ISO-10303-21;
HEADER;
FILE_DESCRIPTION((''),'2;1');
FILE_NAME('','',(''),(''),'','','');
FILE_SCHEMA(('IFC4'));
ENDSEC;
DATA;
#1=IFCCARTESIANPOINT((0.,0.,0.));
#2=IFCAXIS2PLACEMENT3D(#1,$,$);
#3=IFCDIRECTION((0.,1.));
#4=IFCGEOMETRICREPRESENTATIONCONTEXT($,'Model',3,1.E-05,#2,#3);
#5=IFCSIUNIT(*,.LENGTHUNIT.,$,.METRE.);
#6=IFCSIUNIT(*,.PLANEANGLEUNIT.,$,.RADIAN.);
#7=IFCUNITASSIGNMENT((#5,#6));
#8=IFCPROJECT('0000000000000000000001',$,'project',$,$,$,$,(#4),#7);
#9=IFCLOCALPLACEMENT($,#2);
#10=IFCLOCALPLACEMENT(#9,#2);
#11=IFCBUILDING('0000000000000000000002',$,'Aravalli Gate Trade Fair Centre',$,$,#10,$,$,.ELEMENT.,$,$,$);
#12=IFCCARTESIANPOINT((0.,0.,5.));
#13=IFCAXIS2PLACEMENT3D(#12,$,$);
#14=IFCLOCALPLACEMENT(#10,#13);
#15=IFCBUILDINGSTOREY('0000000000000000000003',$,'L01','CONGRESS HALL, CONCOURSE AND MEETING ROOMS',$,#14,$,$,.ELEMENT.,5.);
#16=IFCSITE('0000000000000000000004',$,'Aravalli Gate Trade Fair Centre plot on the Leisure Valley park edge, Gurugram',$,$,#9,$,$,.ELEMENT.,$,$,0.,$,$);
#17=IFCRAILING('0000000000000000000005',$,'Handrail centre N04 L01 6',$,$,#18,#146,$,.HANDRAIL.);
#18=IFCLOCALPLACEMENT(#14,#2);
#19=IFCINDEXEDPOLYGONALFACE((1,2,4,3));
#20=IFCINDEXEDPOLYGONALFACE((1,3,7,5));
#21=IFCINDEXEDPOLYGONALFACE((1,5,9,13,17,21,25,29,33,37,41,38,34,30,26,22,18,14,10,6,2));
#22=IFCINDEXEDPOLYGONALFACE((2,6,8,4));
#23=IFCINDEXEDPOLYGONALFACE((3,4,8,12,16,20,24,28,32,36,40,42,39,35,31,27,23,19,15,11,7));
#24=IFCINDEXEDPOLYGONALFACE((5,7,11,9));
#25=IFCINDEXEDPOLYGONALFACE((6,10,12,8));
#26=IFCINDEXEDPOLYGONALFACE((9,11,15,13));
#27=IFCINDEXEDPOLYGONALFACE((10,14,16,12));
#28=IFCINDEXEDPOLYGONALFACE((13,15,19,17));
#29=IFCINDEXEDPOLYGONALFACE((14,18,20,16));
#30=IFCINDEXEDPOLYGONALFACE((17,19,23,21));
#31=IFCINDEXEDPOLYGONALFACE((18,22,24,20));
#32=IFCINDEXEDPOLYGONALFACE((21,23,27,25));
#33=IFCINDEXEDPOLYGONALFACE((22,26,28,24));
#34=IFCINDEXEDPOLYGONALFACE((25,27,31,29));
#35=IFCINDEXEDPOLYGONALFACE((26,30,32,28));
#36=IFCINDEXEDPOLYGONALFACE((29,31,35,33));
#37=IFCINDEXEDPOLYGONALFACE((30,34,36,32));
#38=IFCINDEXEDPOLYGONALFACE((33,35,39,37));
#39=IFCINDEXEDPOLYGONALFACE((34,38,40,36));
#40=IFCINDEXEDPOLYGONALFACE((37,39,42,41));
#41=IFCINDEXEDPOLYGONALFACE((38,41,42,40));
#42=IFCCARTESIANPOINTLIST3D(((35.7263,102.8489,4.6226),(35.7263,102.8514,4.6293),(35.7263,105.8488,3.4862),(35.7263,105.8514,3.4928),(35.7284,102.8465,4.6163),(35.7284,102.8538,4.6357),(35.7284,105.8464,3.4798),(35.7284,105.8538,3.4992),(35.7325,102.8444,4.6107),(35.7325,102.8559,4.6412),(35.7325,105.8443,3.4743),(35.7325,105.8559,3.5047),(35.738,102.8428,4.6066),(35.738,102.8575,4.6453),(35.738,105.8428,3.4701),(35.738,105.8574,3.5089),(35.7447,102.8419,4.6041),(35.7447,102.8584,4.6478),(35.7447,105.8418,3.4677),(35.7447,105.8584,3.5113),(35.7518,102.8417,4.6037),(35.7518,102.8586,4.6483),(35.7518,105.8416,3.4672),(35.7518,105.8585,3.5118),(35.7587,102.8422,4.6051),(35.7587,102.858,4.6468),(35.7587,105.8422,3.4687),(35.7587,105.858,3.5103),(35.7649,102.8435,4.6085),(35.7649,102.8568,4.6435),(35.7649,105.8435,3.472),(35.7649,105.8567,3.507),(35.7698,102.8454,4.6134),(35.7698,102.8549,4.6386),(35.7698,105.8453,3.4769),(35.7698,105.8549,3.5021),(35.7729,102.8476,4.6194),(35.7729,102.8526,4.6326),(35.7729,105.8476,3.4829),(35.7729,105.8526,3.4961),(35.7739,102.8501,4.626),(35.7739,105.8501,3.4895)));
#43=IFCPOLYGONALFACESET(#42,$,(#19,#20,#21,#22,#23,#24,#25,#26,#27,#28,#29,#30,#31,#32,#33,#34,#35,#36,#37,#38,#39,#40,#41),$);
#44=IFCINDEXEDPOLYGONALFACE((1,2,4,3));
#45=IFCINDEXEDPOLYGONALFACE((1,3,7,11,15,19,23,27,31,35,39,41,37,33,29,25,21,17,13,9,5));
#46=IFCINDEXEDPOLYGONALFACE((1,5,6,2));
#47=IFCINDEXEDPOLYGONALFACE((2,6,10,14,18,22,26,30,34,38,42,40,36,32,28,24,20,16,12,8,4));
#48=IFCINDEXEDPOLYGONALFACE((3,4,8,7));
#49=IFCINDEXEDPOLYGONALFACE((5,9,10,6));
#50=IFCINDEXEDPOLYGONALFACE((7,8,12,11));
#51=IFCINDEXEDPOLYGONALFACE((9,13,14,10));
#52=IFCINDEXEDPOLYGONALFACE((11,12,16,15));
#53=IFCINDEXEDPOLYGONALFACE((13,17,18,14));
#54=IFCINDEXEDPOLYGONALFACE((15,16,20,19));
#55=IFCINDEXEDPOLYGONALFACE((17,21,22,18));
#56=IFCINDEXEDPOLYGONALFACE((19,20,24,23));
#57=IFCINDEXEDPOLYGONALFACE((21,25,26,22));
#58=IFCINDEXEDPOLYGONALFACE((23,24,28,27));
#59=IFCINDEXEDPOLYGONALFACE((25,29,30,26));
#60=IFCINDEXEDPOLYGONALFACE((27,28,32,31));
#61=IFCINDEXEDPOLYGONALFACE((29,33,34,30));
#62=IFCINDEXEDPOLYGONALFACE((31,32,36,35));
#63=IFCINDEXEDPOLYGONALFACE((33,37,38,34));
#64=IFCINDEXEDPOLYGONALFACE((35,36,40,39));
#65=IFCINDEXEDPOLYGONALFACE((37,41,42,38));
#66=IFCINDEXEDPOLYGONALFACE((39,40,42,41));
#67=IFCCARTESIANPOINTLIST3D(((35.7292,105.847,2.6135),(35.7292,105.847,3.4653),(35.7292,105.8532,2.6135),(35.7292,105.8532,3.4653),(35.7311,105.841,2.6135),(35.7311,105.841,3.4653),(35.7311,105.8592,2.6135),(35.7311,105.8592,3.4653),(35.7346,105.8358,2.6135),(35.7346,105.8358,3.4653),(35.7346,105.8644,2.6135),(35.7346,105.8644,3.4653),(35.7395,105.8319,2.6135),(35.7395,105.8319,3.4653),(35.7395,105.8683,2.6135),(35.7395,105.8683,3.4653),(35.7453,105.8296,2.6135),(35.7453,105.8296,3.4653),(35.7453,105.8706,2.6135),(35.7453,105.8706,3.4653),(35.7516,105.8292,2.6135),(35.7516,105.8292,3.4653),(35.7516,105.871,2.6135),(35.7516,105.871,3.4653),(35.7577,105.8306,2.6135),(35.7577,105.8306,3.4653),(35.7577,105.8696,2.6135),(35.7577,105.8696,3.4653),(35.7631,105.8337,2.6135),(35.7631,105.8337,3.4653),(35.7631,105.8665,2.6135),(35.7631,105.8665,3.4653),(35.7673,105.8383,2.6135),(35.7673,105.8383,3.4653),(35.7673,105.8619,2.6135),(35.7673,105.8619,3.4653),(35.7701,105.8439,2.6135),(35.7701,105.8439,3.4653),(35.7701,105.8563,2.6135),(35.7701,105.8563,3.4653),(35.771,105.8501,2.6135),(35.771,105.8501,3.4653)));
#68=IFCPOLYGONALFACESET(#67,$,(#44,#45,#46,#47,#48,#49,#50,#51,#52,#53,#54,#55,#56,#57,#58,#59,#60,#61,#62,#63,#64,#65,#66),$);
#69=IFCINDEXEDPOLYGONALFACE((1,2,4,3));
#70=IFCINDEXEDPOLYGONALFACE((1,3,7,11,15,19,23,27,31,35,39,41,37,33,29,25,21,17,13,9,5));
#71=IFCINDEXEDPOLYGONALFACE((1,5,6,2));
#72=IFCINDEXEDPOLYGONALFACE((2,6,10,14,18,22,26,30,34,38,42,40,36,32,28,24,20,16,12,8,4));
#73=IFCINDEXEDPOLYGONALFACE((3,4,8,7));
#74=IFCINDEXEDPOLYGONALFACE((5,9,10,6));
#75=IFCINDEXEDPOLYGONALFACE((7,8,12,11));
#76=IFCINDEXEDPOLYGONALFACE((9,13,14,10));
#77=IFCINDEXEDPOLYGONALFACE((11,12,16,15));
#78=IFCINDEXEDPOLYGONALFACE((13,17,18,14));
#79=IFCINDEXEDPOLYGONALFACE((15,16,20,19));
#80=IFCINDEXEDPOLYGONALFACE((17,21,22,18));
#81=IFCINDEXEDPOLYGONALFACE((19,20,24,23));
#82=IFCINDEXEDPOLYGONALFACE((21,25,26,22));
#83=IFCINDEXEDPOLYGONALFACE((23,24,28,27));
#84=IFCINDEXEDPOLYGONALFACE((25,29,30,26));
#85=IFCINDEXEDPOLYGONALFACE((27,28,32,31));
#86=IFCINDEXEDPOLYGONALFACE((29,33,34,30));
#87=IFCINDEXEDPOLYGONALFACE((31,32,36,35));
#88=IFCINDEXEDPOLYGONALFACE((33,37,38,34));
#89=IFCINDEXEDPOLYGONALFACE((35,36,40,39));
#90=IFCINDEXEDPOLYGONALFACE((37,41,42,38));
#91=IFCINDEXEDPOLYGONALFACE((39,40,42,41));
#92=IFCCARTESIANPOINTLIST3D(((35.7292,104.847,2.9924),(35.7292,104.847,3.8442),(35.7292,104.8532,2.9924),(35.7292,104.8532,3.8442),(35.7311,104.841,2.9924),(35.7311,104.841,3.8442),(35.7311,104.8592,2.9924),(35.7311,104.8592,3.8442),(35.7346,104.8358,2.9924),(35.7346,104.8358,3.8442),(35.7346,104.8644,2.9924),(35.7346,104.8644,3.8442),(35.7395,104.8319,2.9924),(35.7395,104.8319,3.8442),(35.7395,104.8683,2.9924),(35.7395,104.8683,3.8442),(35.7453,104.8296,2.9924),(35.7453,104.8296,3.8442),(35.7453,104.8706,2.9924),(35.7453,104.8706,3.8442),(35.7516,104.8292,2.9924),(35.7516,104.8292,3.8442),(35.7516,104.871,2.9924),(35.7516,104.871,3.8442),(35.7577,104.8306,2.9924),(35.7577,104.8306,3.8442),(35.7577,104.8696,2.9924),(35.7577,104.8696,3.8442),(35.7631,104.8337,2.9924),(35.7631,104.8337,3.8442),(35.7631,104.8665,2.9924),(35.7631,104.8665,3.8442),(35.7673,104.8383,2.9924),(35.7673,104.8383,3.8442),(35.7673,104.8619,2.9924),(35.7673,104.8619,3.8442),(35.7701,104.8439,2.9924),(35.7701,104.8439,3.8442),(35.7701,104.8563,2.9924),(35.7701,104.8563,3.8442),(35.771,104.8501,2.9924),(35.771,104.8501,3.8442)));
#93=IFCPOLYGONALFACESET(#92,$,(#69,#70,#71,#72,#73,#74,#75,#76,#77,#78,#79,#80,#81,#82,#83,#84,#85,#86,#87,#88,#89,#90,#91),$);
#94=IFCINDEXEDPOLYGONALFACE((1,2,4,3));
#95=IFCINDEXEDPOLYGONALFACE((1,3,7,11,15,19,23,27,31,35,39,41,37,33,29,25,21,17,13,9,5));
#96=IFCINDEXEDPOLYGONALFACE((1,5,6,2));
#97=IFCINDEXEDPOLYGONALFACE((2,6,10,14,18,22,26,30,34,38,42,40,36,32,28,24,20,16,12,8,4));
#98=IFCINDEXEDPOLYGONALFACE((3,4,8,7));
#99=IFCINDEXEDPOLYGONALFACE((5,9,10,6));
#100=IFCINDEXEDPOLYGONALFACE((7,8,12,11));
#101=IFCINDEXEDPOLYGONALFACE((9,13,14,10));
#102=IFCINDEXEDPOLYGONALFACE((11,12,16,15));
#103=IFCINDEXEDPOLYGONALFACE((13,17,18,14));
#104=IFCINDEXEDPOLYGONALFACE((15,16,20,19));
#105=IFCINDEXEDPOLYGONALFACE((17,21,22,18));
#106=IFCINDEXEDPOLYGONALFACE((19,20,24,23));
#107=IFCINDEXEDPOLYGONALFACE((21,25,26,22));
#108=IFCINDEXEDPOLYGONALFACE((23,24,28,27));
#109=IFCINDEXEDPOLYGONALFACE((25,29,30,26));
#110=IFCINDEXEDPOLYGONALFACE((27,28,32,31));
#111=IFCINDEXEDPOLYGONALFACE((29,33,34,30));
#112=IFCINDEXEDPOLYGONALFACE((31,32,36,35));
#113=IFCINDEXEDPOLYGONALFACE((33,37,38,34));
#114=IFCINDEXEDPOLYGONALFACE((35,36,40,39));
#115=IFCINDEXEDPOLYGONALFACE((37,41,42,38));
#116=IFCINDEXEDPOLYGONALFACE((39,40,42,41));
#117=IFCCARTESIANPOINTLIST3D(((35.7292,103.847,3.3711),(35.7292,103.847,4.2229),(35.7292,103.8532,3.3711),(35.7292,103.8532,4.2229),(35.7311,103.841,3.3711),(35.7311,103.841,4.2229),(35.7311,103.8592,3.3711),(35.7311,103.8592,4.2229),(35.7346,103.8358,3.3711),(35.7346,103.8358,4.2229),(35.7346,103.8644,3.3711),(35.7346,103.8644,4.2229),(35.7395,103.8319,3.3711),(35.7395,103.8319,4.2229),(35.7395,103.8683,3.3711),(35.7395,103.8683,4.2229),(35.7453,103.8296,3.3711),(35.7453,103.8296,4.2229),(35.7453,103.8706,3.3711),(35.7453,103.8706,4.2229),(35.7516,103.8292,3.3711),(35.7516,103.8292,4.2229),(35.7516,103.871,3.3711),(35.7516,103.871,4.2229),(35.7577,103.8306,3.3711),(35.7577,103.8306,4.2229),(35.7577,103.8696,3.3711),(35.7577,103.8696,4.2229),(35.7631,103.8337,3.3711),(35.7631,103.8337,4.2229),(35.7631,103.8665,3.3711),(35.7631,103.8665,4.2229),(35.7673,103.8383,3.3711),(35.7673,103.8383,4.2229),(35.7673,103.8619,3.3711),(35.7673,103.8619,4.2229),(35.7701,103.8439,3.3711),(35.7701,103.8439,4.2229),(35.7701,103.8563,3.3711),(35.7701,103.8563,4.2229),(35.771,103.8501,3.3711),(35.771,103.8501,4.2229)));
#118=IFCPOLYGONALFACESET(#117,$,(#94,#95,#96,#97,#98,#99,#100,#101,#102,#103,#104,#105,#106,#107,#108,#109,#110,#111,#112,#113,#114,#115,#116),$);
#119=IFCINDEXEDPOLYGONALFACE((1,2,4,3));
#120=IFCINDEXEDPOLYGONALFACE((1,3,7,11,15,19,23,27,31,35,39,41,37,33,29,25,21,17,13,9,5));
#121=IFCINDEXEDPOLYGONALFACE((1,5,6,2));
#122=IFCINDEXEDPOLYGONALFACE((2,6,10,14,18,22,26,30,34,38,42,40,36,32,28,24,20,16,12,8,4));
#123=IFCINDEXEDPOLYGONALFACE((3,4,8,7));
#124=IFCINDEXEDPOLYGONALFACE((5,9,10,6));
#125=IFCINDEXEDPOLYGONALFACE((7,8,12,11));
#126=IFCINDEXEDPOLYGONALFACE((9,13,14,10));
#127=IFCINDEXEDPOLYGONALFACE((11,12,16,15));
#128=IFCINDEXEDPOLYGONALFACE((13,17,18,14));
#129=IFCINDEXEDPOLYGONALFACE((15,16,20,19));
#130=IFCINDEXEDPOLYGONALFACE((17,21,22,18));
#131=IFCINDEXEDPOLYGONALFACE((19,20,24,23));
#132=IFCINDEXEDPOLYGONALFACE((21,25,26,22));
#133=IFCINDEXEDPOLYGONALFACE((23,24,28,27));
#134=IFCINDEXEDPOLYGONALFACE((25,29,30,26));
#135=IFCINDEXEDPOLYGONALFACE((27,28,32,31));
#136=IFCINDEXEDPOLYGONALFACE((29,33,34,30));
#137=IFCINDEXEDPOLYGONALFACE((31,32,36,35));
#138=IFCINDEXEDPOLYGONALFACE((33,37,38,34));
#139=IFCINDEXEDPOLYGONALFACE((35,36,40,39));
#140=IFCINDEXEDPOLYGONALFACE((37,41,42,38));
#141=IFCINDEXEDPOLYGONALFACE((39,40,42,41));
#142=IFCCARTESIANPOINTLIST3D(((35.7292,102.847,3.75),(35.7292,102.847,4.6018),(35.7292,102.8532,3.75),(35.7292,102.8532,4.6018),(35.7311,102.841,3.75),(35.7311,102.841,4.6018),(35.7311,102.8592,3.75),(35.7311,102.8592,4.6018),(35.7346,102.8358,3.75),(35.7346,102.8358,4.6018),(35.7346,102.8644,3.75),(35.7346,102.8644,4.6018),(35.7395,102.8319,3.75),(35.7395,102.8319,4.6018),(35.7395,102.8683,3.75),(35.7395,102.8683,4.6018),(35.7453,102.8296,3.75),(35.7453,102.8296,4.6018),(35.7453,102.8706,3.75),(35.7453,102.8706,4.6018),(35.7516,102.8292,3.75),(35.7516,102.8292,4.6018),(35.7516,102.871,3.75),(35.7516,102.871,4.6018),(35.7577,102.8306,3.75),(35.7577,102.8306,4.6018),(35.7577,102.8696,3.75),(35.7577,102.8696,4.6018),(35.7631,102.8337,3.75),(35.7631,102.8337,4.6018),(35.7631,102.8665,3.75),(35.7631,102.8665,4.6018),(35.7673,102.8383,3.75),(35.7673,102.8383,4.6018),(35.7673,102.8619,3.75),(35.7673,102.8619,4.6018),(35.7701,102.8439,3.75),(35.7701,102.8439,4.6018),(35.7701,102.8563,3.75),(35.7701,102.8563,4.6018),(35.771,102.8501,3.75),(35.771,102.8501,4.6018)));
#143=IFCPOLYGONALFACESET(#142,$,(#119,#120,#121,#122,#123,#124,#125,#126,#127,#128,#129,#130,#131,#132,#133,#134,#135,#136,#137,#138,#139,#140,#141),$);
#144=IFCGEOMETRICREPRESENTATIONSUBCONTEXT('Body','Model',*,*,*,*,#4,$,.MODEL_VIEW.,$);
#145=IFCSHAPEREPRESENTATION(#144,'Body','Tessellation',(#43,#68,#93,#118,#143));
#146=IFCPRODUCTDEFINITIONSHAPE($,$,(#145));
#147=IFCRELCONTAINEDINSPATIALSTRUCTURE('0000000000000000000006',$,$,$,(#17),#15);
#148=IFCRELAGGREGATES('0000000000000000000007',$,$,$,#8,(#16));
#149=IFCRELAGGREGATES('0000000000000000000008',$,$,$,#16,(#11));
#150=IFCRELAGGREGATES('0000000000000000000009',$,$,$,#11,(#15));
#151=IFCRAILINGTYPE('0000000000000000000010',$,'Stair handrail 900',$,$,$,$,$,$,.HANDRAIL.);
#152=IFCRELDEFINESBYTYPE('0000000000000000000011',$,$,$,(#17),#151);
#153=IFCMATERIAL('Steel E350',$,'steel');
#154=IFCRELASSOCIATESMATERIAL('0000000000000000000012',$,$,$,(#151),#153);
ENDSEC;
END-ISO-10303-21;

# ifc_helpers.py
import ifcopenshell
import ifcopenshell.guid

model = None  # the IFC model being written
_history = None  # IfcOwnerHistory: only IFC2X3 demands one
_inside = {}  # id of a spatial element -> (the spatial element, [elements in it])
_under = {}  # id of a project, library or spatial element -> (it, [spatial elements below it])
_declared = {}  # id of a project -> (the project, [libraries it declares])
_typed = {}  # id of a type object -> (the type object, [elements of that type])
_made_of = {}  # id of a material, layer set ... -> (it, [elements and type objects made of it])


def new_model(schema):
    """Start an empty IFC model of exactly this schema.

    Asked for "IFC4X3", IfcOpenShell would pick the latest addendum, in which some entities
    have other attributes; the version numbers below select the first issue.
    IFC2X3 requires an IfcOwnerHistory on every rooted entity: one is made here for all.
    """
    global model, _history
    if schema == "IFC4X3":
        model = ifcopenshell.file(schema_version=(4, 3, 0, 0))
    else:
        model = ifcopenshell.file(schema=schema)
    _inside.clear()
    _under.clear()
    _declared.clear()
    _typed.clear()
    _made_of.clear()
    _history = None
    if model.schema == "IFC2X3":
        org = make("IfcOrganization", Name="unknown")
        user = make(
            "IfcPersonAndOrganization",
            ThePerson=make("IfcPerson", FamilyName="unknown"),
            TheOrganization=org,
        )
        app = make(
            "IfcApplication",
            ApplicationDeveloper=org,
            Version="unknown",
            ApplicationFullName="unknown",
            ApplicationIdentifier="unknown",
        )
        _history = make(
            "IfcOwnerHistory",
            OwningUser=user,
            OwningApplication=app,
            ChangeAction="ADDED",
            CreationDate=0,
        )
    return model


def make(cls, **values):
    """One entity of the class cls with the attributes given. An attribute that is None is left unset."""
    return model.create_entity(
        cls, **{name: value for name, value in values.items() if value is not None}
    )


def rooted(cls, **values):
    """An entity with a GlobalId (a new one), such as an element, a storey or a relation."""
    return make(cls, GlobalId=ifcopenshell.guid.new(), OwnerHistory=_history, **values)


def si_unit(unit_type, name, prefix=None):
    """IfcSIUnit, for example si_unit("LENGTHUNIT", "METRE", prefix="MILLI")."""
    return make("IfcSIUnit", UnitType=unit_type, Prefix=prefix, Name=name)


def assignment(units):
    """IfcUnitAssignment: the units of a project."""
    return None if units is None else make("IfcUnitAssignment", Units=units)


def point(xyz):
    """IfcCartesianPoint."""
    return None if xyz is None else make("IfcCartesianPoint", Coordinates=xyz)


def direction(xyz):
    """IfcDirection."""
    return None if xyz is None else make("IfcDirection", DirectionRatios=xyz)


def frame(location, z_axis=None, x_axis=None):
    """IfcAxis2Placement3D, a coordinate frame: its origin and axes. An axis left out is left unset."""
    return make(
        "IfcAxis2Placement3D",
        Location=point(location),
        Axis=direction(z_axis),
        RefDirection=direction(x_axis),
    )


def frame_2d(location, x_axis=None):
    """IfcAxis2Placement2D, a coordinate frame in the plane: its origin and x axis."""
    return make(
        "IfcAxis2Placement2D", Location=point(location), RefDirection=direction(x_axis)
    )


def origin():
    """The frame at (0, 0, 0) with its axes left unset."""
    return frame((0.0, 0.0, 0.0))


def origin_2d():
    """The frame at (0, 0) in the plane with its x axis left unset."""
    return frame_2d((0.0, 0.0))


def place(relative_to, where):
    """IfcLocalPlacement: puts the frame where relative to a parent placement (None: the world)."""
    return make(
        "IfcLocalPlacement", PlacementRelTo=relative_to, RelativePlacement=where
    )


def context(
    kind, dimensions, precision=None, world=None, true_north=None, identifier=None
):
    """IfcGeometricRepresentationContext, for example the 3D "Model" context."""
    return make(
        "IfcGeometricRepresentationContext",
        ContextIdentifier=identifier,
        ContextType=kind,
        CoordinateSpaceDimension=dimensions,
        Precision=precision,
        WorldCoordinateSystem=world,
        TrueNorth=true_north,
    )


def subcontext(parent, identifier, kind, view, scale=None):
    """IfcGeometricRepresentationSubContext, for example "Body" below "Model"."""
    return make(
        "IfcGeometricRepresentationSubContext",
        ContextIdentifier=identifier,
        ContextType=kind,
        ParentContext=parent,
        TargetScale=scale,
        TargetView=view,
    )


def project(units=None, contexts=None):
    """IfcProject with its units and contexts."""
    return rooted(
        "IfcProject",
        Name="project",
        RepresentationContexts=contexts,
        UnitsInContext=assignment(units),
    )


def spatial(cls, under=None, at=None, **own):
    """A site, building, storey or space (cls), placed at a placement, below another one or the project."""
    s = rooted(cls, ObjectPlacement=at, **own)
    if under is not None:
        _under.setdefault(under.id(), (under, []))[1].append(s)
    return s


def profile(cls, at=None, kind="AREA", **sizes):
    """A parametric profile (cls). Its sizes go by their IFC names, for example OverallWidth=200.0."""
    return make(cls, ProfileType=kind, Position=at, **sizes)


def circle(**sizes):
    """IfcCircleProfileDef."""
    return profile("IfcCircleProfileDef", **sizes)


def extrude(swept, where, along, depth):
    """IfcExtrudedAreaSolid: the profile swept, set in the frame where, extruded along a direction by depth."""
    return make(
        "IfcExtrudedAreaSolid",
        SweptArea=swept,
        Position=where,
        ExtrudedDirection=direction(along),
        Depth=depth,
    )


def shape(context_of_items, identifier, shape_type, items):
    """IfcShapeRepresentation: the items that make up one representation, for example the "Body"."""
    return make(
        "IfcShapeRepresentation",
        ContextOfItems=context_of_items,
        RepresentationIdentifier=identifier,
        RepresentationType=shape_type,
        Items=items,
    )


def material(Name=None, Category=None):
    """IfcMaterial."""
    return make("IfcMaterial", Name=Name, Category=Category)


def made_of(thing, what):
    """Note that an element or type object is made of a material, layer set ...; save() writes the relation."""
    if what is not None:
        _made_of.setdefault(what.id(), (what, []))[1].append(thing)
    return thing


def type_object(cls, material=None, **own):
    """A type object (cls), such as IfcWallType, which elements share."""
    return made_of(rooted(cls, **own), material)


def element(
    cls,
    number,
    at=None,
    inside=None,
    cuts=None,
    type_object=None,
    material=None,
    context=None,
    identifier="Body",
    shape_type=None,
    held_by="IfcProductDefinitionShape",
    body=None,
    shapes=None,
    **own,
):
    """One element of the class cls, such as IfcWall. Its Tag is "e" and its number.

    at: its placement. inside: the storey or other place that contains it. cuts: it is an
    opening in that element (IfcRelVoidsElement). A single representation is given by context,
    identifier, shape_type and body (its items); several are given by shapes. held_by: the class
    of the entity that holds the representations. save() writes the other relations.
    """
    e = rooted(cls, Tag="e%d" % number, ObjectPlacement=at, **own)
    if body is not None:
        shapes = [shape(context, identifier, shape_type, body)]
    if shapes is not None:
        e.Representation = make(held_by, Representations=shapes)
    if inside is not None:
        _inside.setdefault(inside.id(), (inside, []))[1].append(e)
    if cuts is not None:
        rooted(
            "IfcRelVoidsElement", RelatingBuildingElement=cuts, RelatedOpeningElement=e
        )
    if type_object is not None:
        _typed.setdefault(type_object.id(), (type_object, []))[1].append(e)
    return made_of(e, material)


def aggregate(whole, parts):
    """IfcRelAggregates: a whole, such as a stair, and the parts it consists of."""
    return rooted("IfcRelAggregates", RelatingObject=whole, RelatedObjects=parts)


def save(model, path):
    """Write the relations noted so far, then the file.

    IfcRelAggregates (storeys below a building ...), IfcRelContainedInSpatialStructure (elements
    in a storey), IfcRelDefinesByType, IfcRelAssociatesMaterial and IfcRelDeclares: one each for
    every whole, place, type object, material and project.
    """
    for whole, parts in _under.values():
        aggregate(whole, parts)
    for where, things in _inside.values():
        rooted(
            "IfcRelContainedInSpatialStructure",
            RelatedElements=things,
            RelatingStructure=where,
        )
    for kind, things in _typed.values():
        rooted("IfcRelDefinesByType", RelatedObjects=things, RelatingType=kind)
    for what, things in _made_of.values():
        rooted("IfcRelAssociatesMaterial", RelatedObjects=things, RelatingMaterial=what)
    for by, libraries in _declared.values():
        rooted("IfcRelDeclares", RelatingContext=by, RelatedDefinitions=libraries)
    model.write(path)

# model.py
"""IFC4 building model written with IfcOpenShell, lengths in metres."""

from ifc_helpers import new_model, si_unit, direction, frame, origin, origin_2d, place, context, subcontext, project, spatial, circle, extrude, material, type_object, element, save


model = new_model("IFC4")

# Units and contexts
model_context = context("Model", 3, precision=1e-05, world=origin(), true_north=direction((0.0, 1.0)))
body_context = subcontext(model_context, "Body", "Model", "MODEL_VIEW")
ifc_project = project(units=[si_unit("LENGTHUNIT", "METRE"), si_unit("PLANEANGLEUNIT", "RADIAN")], contexts=[model_context])

# Site, building, storey
site_placement = place(None, origin())
site = spatial("IfcSite", under=ifc_project, at=site_placement, Name="Aravalli Gate Trade Fair Centre plot on the Leisure Valley park edge, Gurugram", CompositionType="ELEMENT", RefElevation=0.0)
building_placement = place(site_placement, origin())
building = spatial("IfcBuilding", under=site, at=building_placement, Name="Aravalli Gate Trade Fair Centre", CompositionType="ELEMENT")
storey_placement = place(building_placement, frame((0.0, 0.0, 5.0)))
storey = spatial("IfcBuildingStorey", under=building, at=storey_placement, Name="L01", Description="CONGRESS HALL, CONCOURSE AND MEETING ROOMS", CompositionType="ELEMENT", Elevation=5.0)

# Shared definitions
ifc_material_1 = material(Name="Steel E350", Category="steel")

# Railing
railing_type_1 = type_object("IfcRailingType", Name="Stair handrail 900", PredefinedType="HANDRAIL", material=ifc_material_1)
for number, where, name in (
    (1, (35.75, 105.8501, 2.6135), "Handrail centre N04 L01 6"),
):
    element("IfcRailing", number, at=place(storey_placement, frame(where)), inside=storey, type_object=railing_type_1, Name=name, PredefinedType="HANDRAIL", context=body_context, shape_type="SweptSolid", body=[
        extrude(circle(Radius=0.0239, at=origin_2d()), frame((0.0, 0.0, 0.876), z_axis=(0.0, -0.935148, 0.354257), x_axis=(1.0, 0.0, 0.0)), (0.0, 0.0, 1.0), 3.208),
        extrude(circle(Radius=0.021, at=origin_2d()), origin(), (0.0, 0.0, 1.0), 0.8518),
        extrude(circle(Radius=0.021, at=origin_2d()), frame((0.0, -1.0, 0.3789)), (0.0, 0.0, 1.0), 0.8518),
        extrude(circle(Radius=0.021, at=origin_2d()), frame((0.0, -2.0, 0.7576)), (0.0, 0.0, 1.0), 0.8518),
        extrude(circle(Radius=0.021, at=origin_2d()), frame((0.0, -3.0, 1.1365)), (0.0, 0.0, 1.0), 0.8518),
    ])

save(model, "model.ifc")
